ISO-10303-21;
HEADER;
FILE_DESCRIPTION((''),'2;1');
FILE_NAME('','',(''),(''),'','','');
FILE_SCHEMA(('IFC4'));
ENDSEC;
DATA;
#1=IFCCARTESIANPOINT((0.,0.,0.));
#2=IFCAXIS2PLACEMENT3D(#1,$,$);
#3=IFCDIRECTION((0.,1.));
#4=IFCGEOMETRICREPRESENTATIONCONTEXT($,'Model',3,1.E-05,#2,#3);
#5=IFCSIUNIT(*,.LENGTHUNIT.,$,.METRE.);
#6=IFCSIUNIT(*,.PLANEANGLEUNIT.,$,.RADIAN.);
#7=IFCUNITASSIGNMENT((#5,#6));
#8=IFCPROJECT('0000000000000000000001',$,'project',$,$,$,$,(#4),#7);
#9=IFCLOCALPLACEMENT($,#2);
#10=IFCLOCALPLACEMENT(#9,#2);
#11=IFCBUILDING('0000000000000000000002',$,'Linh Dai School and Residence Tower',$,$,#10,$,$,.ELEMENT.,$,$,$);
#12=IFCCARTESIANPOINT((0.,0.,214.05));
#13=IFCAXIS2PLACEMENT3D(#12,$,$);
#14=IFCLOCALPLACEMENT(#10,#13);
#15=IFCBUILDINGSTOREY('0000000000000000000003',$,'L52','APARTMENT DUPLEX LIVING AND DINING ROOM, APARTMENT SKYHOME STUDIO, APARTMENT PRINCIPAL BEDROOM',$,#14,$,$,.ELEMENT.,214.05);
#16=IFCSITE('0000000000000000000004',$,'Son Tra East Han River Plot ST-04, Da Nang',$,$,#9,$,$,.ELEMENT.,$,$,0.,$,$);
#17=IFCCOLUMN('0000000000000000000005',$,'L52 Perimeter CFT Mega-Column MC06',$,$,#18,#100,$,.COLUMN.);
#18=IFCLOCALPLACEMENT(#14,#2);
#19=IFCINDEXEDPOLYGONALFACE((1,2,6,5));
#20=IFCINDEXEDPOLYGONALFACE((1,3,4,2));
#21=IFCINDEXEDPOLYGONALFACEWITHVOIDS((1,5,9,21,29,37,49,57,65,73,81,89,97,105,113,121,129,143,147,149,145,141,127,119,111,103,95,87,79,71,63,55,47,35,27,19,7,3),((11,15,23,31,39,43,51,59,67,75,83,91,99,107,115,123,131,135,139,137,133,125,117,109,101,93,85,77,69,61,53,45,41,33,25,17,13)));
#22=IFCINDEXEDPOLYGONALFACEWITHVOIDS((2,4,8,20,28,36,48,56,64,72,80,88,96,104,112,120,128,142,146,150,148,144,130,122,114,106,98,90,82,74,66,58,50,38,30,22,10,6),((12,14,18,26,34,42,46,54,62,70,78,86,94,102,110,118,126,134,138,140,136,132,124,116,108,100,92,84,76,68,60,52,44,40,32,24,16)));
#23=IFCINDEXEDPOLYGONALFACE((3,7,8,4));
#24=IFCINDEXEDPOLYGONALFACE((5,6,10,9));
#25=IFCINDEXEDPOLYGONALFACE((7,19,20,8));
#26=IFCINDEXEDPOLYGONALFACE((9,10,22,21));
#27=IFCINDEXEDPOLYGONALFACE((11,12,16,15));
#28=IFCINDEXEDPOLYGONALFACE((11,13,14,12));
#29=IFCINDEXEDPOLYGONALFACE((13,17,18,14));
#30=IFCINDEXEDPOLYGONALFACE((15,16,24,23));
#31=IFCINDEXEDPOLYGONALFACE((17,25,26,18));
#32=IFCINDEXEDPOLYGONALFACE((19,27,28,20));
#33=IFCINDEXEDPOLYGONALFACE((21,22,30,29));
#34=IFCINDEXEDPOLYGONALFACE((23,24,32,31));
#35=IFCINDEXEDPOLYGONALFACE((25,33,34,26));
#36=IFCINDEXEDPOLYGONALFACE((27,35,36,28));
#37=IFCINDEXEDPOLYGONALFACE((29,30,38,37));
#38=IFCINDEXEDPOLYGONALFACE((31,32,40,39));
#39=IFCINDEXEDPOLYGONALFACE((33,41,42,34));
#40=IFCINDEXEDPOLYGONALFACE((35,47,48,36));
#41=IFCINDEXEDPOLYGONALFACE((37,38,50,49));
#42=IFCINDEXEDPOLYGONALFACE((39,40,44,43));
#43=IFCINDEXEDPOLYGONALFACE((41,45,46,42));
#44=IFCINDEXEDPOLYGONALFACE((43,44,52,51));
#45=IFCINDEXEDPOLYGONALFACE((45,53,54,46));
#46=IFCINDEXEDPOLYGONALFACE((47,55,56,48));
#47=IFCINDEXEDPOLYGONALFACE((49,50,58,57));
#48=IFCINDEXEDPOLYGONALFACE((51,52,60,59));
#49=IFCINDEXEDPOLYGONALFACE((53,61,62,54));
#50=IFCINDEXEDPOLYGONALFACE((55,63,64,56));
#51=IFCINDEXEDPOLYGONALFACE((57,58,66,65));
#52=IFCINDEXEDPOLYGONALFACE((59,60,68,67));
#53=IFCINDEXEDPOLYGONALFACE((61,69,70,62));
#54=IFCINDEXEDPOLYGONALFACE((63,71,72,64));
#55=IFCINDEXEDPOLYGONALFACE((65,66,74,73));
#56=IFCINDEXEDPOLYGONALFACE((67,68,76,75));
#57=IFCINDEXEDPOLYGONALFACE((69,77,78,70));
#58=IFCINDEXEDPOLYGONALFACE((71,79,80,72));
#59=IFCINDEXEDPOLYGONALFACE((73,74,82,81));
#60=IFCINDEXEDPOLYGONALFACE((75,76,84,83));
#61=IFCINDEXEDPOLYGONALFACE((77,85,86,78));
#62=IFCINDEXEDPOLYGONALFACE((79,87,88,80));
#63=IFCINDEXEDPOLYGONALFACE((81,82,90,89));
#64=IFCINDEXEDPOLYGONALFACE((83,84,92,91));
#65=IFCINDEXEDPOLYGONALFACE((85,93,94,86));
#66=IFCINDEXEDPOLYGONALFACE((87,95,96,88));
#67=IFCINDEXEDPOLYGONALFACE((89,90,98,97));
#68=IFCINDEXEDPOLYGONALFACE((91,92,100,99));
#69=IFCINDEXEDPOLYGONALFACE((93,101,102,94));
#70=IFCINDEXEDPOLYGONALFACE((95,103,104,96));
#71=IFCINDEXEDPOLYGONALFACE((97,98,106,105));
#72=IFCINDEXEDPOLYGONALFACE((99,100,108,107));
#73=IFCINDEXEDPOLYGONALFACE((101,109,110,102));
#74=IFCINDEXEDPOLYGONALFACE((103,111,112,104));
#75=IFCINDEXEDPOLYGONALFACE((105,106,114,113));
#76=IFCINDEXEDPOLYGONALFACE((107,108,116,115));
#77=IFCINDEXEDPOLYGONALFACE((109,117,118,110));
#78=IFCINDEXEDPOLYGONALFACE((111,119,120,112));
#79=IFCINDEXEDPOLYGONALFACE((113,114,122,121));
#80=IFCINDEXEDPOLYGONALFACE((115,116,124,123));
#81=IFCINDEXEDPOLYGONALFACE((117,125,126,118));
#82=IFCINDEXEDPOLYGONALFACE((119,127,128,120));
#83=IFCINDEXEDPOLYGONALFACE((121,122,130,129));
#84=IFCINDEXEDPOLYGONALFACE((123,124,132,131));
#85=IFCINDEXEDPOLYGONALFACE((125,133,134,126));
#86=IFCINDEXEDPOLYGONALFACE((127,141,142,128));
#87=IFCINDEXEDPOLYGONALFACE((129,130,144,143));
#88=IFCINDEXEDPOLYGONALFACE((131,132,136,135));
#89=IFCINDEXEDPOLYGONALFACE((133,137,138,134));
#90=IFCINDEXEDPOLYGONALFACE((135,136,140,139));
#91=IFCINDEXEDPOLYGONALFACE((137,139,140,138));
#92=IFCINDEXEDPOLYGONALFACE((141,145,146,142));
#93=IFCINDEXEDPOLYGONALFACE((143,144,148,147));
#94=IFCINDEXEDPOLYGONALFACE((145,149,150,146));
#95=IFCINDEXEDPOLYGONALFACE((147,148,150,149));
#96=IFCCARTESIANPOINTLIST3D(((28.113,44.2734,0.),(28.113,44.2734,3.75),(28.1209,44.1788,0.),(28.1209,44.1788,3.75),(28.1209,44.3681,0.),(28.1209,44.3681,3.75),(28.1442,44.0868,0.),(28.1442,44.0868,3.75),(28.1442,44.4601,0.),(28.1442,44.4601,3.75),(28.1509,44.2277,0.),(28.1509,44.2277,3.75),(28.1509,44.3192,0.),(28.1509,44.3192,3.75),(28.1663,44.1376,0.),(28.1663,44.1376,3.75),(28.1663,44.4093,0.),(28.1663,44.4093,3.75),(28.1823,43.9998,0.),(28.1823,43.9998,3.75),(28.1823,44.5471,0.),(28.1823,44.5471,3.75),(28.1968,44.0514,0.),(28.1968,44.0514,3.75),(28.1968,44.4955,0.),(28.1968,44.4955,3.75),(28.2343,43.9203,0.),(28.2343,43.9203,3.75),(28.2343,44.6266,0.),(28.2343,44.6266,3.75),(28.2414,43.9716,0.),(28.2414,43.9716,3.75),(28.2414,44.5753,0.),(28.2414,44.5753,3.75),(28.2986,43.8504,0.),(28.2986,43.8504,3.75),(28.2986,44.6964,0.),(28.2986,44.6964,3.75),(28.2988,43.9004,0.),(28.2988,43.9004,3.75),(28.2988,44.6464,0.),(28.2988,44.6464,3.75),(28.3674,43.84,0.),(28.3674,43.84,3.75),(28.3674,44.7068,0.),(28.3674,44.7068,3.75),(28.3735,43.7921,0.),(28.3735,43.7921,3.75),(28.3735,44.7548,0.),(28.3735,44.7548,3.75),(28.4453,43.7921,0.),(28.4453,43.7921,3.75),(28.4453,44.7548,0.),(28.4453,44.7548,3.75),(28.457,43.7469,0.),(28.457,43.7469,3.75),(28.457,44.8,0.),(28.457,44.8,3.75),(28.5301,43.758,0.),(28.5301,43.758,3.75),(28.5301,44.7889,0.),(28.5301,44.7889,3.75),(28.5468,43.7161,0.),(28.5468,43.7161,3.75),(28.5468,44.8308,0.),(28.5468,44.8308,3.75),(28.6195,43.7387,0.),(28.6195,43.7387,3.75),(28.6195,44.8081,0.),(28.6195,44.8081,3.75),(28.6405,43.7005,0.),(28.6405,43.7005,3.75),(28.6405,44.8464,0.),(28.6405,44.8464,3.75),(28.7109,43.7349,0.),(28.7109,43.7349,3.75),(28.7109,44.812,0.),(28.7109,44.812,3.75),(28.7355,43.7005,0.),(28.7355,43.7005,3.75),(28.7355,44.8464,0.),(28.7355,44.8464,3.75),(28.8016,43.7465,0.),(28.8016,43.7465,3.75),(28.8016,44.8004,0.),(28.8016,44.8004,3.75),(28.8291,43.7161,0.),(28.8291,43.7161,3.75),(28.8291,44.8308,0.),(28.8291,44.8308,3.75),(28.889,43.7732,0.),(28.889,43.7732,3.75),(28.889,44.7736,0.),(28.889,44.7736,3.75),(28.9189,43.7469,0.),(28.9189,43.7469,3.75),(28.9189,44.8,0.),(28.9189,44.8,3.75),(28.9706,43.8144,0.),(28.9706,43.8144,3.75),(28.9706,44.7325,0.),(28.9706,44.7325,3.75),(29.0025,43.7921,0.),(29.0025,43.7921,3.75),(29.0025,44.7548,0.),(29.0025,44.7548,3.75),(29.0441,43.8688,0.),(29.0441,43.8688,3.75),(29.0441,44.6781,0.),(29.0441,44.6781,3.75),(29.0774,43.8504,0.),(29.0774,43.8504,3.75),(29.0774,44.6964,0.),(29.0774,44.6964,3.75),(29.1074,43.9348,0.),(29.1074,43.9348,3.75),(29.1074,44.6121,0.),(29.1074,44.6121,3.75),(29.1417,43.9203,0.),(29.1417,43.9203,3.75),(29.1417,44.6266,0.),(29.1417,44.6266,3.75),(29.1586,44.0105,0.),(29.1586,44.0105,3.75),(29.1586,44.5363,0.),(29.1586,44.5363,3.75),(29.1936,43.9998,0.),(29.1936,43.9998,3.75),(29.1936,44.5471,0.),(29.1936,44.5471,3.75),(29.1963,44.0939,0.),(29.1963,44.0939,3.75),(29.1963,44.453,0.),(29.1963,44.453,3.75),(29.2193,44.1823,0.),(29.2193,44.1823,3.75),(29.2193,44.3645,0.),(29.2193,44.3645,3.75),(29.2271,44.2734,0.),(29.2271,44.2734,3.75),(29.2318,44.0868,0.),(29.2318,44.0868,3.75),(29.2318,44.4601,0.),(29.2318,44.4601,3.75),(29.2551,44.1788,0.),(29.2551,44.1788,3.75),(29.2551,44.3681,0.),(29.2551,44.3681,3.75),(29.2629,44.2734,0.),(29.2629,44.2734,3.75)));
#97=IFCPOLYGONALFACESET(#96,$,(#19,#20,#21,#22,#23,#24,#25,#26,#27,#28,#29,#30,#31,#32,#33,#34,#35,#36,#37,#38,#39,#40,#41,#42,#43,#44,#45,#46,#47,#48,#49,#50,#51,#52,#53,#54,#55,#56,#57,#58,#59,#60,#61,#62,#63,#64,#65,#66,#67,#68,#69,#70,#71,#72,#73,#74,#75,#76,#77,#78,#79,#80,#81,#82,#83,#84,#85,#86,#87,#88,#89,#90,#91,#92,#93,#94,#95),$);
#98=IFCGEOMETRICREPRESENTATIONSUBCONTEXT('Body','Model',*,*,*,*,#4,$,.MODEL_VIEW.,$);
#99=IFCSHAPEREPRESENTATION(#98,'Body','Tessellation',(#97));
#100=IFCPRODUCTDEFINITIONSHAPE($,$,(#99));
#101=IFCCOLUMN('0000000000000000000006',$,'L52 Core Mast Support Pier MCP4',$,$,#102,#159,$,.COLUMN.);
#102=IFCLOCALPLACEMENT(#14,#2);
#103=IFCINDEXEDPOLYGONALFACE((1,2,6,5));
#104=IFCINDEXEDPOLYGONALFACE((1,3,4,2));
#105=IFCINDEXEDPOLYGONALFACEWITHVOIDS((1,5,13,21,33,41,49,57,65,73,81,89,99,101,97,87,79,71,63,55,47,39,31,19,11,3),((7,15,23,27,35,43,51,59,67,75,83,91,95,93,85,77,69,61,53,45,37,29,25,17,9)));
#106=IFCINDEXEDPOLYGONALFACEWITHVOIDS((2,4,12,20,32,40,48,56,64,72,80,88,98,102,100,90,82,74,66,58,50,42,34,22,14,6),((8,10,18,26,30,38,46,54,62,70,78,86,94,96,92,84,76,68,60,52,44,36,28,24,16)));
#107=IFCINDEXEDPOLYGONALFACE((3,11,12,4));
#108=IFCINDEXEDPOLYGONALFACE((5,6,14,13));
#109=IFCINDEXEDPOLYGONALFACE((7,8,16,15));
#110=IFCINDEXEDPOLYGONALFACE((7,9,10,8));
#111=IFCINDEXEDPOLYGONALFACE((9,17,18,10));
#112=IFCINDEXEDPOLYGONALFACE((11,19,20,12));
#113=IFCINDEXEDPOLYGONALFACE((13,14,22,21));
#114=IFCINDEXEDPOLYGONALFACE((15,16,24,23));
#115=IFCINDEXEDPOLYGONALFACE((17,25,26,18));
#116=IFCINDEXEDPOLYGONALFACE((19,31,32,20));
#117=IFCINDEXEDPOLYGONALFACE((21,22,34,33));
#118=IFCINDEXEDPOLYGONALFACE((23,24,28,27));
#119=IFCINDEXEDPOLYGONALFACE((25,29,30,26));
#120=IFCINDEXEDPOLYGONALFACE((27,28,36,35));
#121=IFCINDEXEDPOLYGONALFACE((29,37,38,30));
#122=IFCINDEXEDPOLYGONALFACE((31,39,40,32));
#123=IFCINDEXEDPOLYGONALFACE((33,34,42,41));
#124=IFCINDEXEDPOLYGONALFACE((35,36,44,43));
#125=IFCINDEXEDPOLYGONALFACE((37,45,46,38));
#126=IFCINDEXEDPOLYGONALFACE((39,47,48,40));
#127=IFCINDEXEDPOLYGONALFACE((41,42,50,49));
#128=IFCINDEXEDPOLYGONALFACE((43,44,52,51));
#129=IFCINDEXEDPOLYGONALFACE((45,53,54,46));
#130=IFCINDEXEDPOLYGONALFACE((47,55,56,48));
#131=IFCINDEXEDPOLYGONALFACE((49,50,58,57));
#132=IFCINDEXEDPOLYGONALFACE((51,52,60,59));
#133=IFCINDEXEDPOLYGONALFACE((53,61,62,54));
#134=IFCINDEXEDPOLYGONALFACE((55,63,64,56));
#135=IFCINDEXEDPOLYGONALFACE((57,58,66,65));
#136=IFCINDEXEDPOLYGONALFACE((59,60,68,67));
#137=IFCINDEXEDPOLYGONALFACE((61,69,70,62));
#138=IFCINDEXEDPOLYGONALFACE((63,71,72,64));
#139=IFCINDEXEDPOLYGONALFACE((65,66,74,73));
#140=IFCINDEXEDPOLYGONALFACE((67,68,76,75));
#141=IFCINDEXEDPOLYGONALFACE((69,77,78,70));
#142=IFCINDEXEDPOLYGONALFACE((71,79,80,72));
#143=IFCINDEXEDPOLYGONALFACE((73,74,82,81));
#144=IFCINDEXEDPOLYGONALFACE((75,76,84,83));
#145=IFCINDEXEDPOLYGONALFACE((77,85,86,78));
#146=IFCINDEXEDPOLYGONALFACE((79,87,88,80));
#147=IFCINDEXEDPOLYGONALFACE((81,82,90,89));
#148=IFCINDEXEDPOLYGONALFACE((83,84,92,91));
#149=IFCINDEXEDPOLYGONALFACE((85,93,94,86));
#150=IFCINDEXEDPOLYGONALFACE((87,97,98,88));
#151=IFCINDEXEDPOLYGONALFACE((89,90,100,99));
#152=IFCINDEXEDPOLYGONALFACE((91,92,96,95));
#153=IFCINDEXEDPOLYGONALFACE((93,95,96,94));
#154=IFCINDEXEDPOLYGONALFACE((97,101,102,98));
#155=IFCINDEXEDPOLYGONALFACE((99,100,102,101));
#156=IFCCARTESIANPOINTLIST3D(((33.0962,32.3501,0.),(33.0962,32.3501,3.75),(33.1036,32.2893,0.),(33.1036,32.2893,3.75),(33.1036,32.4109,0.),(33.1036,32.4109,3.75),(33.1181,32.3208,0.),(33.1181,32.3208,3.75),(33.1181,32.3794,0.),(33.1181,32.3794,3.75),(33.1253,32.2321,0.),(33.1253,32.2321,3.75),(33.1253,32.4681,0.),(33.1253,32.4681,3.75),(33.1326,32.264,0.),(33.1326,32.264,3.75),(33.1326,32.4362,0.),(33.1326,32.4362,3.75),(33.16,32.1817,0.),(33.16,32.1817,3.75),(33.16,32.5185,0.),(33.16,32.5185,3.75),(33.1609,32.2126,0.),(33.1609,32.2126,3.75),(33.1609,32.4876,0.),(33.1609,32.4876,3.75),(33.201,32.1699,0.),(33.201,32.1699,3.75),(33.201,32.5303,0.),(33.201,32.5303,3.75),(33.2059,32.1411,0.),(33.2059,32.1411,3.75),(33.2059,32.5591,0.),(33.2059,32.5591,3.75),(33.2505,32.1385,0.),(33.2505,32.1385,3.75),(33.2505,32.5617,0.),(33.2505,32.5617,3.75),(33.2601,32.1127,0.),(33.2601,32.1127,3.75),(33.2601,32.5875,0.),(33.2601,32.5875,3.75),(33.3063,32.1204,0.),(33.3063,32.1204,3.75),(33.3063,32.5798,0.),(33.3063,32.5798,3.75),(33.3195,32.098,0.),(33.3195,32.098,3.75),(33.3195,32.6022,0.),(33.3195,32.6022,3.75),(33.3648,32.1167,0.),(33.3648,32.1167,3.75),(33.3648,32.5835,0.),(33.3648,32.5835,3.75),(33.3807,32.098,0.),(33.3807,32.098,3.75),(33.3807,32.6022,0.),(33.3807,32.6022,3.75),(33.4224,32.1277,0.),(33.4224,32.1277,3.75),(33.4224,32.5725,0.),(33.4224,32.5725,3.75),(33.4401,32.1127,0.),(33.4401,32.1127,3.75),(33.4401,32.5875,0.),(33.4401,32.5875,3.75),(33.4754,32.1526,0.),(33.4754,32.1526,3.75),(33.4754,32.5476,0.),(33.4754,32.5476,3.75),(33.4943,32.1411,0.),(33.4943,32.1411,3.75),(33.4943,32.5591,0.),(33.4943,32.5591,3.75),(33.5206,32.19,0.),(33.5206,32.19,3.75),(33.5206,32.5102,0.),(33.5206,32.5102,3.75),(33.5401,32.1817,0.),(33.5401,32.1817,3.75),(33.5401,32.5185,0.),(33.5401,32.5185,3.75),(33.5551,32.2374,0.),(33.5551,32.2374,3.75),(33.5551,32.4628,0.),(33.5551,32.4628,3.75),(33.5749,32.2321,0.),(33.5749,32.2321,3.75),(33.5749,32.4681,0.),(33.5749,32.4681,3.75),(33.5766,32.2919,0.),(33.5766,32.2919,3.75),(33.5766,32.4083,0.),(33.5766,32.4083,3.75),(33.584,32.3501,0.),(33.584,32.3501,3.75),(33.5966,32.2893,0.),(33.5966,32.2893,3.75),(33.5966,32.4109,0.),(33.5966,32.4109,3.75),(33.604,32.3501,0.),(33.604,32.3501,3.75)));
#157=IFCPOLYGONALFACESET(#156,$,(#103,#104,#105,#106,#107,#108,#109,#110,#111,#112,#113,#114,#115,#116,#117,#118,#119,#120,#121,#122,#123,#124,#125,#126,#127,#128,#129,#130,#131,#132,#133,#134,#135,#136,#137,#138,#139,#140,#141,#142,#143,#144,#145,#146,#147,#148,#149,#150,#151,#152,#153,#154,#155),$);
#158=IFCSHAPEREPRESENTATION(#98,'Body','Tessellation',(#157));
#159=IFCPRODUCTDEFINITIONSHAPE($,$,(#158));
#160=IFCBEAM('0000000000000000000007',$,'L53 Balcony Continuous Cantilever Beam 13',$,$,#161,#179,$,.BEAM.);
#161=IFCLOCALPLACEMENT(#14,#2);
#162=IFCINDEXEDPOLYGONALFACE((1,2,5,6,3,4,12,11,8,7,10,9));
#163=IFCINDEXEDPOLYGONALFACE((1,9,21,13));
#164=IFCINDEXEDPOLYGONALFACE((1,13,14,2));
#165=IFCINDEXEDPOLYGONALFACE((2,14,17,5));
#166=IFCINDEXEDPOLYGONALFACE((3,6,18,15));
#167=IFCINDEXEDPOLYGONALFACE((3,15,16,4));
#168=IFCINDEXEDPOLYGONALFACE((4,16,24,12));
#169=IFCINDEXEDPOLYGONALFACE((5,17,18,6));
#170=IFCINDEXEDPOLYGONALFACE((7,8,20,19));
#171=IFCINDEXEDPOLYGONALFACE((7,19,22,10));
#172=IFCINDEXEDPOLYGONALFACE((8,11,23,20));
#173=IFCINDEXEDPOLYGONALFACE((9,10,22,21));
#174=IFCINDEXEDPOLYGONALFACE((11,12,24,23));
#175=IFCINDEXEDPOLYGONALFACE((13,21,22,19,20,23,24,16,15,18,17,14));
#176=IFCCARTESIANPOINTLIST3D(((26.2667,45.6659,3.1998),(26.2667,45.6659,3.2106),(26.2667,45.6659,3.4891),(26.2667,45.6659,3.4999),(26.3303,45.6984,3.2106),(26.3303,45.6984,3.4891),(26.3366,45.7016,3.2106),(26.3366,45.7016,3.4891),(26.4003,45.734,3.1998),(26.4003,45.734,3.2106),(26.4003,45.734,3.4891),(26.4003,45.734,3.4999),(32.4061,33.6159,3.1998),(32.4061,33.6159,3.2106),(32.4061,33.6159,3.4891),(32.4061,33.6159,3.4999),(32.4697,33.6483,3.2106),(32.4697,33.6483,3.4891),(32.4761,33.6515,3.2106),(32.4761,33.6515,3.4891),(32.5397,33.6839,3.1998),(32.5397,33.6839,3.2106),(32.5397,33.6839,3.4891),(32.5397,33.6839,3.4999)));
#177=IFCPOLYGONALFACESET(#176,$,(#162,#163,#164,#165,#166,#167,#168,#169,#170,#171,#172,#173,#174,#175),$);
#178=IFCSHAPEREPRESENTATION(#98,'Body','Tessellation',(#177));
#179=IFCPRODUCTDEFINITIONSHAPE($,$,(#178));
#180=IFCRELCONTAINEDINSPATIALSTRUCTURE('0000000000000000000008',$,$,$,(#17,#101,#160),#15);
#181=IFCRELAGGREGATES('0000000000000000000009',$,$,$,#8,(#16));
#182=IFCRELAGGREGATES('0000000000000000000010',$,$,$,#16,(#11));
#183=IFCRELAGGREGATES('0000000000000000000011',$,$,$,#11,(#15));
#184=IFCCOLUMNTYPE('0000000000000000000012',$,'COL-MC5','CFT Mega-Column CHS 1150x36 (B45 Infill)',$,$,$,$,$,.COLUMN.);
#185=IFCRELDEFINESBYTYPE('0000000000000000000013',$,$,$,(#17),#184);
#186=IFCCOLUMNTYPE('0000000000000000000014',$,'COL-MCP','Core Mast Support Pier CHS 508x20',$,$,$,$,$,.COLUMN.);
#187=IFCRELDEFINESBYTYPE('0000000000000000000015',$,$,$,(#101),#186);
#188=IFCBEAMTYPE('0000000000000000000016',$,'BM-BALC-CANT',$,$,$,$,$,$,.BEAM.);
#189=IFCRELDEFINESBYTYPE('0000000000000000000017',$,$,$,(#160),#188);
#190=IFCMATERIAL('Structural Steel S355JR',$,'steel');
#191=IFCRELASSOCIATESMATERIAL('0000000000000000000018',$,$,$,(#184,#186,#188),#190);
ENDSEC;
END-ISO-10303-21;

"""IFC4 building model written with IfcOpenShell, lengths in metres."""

from ifc_helpers import new_model, si_unit, direction, frame, origin, origin_2d, place, context, subcontext, project, spatial, hollow_circle, i_section, extrude, material, material_profile, profile_set, type_object, element, save


model = new_model("IFC4")

# Units and contexts
model_context = context("Model", 3, precision=1e-05, world=origin(), true_north=direction((0.0, 1.0)))
body_context = subcontext(model_context, "Body", "Model", "MODEL_VIEW")
ifc_project = project(units=[si_unit("LENGTHUNIT", "METRE"), si_unit("PLANEANGLEUNIT", "RADIAN")], contexts=[model_context])

# Site, building, storey
site_placement = place(None, origin())
site = spatial("IfcSite", under=ifc_project, at=site_placement, Name="Son Tra East Han River Plot ST-04, Da Nang", CompositionType="ELEMENT", RefElevation=0.0)
building_placement = place(site_placement, origin())
building = spatial("IfcBuilding", under=site, at=building_placement, Name="Linh Dai School and Residence Tower", CompositionType="ELEMENT")
storey_placement = place(building_placement, frame((0.0, 0.0, 214.05)))
storey = spatial("IfcBuildingStorey", under=building, at=storey_placement, Name="L52", Description="APARTMENT DUPLEX LIVING AND DINING ROOM, APARTMENT SKYHOME STUDIO, APARTMENT PRINCIPAL BEDROOM", CompositionType="ELEMENT", Elevation=214.05)

# Columns
ifc_material_1 = material(Name="Structural Steel S355JR", Category="steel")
ifc_material_profile_1 = material_profile(ifc_material_1, hollow_circle(Radius=0.575, WallThickness=0.0359, at=origin_2d()), Name="CHS 1150x36")
ifc_profile_set_1 = profile_set([ifc_material_profile_1], Name="Structural Steel S355JR")
column_type_1 = type_object("IfcColumnType", Name="COL-MC5", Description="CFT Mega-Column CHS 1150x36 (B45 Infill)", PredefinedType="COLUMN", material=ifc_profile_set_1)
column_1_placement = place(storey_placement, frame((28.688, 44.2734, 0.0), z_axis=(0.0, 0.0, 1.0), x_axis=(1.0, 0.0, 0.0)))
element("IfcColumn", 1, at=column_1_placement, inside=storey, type_object=column_type_1, Name="L52 Perimeter CFT Mega-Column MC06", PredefinedType="COLUMN", context=body_context, shape_type="SweptSolid", body=[
    extrude(hollow_circle(Radius=0.575, WallThickness=0.0359, at=origin_2d()), origin(), (0.0, 0.0, 1.0), 3.75),
])
ifc_material_profile_2 = material_profile(ifc_material_1, hollow_circle(Radius=0.2539, WallThickness=0.02, at=origin_2d()), Name="CHS 508x20")
ifc_profile_set_2 = profile_set([ifc_material_profile_2], Name="Structural Steel S355JR")
column_type_2 = type_object("IfcColumnType", Name="COL-MCP", Description="Core Mast Support Pier CHS 508x20", PredefinedType="COLUMN", material=ifc_profile_set_2)
column_2_placement = place(storey_placement, frame((33.3501, 32.3501, 0.0), z_axis=(0.0, 0.0, 1.0), x_axis=(1.0, 0.0, 0.0)))
element("IfcColumn", 2, at=column_2_placement, inside=storey, type_object=column_type_2, Name="L52 Core Mast Support Pier MCP4", PredefinedType="COLUMN", context=body_context, shape_type="SweptSolid", body=[
    extrude(hollow_circle(Radius=0.2539, WallThickness=0.02, at=origin_2d()), origin(), (0.0, 0.0, 1.0), 3.75),
])

# Beam
ifc_material_profile_3 = material_profile(ifc_material_1, i_section(OverallWidth=0.1499, OverallDepth=0.3, WebThickness=0.0071, FlangeThickness=0.0107, at=origin_2d()), Name="IPE 300")
ifc_profile_set_3 = profile_set([ifc_material_profile_3], Name="Structural Steel S355JR")
beam_type_1 = type_object("IfcBeamType", Name="BM-BALC-CANT", PredefinedType="BEAM", material=ifc_profile_set_3)
beam_1_placement = place(storey_placement, frame((32.4729, 33.6499, 3.3499), z_axis=(-0.453967, 0.891019, 0.0), x_axis=(-0.891019, -0.453967, 0.0)))
element("IfcBeam", 3, at=beam_1_placement, inside=storey, type_object=beam_type_1, Name="L53 Balcony Continuous Cantilever Beam 13", PredefinedType="BEAM", context=body_context, shape_type="SweptSolid", body=[
    extrude(i_section(OverallWidth=0.1499, OverallDepth=0.3, WebThickness=0.0071, FlangeThickness=0.0107, at=origin_2d()), origin(), (0.0, 0.0, 1.0), 13.5239),
])

save(model, "model.ifc")
